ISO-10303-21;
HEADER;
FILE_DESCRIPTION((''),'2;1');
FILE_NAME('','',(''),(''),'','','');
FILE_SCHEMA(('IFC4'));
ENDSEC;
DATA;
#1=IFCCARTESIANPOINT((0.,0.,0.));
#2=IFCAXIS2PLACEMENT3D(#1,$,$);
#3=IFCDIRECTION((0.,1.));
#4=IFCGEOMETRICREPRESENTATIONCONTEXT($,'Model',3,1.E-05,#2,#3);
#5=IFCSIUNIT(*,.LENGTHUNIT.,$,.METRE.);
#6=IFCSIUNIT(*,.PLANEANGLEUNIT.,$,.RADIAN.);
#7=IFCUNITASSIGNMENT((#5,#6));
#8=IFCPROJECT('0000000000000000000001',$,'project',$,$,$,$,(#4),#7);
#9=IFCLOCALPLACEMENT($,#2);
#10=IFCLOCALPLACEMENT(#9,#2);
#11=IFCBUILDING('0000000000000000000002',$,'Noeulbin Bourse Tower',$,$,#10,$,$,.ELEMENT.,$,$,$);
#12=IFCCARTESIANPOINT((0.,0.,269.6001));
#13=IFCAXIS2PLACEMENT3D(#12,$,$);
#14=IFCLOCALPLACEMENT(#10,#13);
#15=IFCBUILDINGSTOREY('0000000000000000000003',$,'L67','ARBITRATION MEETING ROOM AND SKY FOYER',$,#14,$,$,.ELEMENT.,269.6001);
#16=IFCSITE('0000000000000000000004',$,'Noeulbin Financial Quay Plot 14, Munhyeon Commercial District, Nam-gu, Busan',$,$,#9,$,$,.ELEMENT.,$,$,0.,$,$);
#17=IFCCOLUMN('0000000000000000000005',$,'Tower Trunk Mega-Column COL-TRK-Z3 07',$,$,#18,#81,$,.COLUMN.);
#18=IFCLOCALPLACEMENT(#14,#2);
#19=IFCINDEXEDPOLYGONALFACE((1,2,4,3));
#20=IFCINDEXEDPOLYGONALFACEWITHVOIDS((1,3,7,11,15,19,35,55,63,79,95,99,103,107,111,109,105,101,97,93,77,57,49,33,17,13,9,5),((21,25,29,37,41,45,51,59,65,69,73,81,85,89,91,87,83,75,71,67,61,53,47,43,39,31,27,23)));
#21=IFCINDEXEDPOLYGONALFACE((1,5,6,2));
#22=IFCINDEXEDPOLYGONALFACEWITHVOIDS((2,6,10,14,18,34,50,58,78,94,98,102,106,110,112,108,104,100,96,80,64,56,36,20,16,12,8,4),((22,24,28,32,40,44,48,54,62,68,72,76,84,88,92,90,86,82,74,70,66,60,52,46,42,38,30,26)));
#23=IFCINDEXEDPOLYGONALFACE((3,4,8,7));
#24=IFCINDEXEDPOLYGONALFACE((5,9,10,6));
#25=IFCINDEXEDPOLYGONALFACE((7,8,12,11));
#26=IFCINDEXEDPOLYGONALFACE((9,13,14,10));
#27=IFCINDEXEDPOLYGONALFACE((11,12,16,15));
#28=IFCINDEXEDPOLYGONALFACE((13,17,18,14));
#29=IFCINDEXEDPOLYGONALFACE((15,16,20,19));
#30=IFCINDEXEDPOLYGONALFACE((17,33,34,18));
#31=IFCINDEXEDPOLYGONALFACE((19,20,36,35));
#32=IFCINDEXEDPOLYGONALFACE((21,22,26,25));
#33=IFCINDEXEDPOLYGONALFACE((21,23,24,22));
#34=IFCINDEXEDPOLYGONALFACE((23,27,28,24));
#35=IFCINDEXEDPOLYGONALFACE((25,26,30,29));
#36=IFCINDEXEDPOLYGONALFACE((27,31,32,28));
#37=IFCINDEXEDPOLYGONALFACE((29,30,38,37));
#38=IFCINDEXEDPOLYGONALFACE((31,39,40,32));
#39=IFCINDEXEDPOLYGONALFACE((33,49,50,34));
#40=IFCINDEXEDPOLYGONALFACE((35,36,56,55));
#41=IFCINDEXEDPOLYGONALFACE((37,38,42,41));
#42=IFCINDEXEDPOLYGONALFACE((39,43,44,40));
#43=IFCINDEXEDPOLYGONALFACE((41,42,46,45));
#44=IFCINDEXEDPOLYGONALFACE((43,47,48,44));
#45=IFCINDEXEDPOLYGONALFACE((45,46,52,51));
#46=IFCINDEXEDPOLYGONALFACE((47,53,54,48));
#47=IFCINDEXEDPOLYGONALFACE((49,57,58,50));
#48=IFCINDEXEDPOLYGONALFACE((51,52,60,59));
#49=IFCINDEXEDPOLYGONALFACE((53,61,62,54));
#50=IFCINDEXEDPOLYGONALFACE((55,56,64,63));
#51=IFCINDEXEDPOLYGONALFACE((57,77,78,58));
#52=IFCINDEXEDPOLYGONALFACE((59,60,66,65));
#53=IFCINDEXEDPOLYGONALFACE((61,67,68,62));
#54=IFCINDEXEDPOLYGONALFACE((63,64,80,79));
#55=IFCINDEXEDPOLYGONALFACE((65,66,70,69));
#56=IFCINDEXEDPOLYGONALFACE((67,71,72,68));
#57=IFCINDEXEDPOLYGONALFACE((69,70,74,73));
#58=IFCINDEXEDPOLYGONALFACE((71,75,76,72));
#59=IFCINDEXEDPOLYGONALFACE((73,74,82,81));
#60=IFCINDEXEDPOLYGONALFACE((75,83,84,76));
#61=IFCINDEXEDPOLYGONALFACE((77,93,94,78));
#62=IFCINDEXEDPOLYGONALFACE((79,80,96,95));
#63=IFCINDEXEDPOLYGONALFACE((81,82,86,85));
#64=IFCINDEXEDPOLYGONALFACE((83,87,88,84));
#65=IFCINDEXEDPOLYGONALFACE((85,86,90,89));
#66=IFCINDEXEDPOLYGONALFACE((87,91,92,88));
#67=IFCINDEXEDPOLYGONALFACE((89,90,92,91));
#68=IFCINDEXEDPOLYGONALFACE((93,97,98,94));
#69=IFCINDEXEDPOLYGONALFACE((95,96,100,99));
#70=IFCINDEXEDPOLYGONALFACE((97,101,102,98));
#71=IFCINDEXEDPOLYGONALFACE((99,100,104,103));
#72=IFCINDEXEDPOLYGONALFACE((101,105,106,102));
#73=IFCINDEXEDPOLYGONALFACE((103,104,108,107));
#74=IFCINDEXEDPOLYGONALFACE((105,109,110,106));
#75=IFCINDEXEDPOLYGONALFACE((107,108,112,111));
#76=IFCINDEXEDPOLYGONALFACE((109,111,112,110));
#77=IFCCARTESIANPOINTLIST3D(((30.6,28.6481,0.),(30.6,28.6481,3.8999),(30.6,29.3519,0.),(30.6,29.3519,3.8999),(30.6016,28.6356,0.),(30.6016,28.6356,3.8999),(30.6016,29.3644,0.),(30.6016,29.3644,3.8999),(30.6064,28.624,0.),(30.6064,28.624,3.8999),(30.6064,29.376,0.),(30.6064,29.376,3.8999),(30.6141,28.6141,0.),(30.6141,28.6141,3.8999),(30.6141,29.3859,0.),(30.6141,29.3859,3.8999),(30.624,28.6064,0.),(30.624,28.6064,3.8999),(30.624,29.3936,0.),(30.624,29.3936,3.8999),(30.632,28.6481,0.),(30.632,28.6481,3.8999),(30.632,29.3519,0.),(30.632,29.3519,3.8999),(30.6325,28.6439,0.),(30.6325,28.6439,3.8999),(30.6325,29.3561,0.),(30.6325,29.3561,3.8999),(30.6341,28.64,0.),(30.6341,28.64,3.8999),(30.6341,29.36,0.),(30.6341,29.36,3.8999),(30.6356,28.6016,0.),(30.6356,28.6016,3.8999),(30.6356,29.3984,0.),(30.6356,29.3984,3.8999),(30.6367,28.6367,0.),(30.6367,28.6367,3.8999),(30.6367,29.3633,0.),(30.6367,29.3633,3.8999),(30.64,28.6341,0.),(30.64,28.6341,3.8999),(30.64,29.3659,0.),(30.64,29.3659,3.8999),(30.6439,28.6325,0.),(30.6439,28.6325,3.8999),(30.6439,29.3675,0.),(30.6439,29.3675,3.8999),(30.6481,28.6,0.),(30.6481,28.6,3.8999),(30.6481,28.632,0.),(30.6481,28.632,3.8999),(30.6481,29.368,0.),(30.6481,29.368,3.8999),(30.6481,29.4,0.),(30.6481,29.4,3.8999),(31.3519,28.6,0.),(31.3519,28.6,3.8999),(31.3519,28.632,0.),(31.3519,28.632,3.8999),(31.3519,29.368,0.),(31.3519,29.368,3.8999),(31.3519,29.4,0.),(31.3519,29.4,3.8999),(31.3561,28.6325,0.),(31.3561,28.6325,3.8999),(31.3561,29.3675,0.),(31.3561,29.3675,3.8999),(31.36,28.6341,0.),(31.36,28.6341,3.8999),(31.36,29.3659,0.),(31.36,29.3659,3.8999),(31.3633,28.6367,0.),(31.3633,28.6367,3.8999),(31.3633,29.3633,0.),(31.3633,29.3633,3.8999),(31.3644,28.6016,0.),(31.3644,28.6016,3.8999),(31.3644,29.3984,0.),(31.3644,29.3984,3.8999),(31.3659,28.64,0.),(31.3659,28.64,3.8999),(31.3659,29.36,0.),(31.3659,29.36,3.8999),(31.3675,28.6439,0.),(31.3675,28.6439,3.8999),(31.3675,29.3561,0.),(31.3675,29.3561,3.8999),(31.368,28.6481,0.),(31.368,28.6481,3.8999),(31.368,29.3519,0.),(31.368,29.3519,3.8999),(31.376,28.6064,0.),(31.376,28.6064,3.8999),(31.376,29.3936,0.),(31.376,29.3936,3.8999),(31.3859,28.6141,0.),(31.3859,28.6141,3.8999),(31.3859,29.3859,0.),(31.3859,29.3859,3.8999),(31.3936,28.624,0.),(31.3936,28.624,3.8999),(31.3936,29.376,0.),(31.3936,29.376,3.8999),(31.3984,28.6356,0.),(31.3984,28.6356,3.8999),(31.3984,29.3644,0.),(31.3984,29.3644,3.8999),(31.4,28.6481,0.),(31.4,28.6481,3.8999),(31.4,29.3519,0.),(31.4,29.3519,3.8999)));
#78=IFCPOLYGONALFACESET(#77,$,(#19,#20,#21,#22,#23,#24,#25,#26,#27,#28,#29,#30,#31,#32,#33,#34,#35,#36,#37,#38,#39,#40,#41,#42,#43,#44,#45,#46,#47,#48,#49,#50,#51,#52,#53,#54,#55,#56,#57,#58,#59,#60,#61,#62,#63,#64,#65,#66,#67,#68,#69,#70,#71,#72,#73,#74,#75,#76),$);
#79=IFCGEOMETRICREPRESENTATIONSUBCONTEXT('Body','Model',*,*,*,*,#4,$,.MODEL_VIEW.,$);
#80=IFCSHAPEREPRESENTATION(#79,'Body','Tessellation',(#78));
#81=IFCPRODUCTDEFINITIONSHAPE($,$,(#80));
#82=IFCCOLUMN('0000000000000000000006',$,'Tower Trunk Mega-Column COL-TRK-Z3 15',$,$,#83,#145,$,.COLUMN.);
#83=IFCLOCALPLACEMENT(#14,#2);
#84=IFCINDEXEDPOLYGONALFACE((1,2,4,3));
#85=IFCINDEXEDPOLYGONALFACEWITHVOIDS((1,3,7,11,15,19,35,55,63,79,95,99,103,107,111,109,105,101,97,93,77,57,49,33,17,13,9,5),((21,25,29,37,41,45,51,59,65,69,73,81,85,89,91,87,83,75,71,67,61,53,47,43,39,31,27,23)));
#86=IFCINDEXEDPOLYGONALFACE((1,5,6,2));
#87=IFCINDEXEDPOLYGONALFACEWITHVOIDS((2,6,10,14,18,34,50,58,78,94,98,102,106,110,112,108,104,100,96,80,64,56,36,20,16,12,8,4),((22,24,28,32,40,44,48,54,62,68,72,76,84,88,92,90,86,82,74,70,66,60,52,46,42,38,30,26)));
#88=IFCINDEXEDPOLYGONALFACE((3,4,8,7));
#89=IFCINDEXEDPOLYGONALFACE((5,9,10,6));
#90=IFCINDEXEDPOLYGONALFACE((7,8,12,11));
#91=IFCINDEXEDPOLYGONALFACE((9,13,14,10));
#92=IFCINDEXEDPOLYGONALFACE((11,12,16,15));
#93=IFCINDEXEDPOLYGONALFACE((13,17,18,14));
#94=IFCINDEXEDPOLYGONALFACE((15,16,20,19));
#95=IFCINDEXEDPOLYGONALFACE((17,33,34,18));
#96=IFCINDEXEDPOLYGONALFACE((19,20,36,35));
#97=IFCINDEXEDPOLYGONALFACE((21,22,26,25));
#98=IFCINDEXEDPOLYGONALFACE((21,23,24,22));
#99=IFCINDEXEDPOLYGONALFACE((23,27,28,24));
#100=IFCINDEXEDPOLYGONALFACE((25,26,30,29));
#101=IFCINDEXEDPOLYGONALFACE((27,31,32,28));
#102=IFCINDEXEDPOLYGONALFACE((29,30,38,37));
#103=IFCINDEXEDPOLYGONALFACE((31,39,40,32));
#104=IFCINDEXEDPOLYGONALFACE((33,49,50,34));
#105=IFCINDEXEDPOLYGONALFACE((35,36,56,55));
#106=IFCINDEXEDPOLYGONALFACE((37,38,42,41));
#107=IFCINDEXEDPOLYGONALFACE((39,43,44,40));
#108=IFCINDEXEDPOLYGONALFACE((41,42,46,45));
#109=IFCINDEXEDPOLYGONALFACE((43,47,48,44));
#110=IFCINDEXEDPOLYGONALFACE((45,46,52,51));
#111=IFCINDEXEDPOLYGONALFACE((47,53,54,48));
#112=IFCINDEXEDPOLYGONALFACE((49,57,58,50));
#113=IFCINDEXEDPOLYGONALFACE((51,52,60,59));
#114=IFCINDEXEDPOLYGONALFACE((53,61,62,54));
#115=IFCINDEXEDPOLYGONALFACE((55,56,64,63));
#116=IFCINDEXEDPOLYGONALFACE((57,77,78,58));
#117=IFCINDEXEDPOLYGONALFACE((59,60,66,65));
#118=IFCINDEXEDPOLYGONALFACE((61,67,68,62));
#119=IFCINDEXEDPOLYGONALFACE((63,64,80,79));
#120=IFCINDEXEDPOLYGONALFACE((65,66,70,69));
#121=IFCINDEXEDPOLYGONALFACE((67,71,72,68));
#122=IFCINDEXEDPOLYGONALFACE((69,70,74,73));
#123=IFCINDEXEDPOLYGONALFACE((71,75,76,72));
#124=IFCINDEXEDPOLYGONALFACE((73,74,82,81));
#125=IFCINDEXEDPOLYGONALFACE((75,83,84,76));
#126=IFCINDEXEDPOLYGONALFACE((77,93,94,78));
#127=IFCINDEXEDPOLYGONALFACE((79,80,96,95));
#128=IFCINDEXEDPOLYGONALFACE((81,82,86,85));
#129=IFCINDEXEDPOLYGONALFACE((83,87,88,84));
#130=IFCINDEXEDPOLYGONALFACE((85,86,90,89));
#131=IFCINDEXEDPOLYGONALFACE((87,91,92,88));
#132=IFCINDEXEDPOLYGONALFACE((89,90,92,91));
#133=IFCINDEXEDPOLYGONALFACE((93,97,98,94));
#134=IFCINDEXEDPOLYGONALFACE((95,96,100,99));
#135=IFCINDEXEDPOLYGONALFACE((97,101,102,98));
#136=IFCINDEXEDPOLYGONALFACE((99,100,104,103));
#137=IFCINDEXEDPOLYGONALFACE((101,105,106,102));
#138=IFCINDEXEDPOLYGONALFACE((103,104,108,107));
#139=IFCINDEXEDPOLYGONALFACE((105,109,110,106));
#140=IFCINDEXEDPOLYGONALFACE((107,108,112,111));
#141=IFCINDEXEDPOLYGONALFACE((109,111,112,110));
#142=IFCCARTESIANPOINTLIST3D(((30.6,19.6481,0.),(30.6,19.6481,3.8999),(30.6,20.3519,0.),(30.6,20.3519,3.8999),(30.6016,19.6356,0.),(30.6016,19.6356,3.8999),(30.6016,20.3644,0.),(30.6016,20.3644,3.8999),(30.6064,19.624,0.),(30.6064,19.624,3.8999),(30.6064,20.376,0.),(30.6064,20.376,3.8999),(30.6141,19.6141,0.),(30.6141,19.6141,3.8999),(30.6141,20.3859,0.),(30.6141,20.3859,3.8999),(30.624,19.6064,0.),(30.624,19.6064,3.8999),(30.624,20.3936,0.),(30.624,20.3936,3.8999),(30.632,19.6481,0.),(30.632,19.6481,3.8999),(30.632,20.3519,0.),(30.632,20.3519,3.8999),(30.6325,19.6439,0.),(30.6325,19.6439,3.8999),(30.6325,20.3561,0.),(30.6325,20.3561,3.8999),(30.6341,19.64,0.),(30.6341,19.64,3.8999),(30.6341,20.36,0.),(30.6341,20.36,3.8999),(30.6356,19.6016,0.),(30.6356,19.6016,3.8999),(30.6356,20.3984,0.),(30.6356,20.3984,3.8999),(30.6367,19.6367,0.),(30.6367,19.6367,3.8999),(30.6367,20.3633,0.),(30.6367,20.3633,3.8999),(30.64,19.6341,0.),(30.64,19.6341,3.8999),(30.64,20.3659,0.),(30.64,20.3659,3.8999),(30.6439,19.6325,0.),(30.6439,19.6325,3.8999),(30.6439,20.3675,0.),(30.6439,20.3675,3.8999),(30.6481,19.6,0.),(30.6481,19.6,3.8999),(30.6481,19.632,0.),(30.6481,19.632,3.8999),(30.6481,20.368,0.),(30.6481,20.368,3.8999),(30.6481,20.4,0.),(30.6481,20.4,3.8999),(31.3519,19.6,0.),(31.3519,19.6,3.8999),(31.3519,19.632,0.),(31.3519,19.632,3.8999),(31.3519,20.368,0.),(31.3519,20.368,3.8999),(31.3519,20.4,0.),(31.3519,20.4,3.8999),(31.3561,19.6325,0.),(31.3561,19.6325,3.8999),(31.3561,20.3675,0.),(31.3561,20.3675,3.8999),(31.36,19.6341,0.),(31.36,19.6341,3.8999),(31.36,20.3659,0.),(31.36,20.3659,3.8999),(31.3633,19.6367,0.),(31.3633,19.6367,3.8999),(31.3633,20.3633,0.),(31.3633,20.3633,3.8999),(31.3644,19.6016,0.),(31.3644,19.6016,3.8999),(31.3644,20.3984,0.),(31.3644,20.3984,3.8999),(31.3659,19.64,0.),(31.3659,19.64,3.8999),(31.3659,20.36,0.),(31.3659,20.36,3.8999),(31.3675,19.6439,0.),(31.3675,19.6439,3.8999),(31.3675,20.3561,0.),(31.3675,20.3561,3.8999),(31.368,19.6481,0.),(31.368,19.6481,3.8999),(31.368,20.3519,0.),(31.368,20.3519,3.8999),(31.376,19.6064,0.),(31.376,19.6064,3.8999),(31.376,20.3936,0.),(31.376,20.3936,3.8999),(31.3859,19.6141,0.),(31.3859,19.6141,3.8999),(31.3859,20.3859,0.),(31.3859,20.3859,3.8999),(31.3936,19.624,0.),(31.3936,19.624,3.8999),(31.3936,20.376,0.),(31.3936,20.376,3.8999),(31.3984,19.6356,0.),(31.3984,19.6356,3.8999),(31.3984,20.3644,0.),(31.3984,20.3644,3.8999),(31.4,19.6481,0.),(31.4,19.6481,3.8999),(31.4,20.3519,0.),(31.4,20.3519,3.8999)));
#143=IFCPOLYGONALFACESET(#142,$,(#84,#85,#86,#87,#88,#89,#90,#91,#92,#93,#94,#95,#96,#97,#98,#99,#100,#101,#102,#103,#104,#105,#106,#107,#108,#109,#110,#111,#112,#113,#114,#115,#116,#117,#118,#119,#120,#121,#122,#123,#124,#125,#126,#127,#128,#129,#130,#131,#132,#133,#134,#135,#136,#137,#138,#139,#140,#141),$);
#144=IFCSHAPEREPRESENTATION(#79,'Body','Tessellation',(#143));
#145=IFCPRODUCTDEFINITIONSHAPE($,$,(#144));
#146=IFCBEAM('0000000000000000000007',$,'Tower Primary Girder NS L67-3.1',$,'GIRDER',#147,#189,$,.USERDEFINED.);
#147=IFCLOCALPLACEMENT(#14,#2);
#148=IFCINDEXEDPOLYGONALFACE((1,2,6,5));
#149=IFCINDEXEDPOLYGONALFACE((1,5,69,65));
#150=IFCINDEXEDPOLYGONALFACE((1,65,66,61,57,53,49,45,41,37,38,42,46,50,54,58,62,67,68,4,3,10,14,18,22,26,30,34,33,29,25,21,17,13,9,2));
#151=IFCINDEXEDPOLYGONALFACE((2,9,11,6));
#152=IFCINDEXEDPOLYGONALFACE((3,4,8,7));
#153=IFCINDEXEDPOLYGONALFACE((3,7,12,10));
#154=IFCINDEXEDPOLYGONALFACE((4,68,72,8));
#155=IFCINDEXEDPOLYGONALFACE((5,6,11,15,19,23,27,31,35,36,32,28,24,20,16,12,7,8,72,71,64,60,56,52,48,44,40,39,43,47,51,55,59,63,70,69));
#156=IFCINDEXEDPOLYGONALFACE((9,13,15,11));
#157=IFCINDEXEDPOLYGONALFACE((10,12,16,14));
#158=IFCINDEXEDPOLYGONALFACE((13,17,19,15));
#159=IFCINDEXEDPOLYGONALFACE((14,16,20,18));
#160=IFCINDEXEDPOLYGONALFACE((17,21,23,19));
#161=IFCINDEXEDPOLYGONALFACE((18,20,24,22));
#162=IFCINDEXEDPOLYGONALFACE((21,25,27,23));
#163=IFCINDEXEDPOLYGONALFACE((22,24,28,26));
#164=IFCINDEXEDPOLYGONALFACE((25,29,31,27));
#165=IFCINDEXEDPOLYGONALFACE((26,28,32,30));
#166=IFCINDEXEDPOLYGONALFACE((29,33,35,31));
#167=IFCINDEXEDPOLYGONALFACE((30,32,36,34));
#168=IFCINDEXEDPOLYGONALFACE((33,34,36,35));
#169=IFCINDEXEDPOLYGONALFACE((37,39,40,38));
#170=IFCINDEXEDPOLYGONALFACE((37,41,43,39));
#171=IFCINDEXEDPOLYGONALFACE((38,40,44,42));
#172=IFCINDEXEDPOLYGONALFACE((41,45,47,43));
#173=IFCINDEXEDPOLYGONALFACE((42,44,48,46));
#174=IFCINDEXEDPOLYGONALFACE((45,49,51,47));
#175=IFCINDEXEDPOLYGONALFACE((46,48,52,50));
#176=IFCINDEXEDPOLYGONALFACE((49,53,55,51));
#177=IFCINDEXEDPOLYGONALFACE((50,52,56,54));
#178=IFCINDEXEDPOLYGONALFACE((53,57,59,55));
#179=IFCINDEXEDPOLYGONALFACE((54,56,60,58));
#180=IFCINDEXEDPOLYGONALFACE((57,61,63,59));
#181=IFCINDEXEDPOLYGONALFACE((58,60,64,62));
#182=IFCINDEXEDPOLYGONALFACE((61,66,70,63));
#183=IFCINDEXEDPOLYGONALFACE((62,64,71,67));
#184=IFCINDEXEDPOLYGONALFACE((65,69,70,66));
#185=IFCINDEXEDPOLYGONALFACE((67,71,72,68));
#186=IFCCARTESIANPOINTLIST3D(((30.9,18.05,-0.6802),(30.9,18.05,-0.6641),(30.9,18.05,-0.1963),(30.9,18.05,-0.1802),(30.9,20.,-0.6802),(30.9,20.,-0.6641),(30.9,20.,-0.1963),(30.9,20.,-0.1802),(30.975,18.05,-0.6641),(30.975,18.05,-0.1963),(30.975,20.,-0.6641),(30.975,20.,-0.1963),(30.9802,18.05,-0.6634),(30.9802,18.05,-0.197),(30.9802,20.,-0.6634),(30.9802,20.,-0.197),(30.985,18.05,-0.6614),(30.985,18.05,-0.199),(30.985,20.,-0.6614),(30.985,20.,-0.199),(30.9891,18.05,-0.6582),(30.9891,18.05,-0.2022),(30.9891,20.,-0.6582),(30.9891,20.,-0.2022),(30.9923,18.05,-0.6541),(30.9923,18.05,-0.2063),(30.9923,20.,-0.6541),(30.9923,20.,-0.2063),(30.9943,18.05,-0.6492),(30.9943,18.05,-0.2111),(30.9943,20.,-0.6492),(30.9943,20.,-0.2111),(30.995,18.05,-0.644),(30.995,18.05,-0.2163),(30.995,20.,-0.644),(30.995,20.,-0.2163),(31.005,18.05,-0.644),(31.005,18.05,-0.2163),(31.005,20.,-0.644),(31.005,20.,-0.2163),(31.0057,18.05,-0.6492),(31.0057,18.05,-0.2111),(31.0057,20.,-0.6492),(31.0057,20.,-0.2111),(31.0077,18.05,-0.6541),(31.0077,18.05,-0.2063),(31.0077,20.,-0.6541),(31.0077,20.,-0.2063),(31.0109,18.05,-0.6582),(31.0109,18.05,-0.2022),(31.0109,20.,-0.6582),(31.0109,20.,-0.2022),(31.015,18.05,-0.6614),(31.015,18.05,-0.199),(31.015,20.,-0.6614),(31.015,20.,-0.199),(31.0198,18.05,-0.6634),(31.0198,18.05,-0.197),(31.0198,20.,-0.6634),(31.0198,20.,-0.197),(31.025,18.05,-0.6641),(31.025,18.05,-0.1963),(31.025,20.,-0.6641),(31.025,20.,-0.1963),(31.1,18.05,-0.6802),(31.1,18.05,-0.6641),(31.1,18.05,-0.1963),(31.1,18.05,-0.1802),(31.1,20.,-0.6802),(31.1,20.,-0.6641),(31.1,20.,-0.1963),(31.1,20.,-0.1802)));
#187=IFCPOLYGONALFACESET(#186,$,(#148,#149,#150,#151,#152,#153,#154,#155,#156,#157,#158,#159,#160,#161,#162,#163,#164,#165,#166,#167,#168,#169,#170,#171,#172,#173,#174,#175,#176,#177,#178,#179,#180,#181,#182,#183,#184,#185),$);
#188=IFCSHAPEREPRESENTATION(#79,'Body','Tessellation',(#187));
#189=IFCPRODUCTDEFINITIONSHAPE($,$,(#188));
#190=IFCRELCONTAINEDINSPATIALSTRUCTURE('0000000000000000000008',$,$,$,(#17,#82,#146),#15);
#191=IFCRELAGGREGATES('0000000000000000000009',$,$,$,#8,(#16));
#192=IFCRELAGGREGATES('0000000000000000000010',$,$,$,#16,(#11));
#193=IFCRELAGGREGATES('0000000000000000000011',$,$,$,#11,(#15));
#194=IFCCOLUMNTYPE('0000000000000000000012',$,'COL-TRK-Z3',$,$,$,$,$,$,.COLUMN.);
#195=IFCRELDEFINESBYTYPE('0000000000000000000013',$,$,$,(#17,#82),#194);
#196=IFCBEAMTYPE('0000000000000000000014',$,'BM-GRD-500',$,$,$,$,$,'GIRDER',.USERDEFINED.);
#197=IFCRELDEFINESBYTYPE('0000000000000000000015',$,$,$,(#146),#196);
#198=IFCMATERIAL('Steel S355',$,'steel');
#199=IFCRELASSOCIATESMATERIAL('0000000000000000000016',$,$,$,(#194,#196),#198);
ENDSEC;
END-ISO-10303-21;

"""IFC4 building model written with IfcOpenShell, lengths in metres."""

from ifc_helpers import new_model, si_unit, direction, frame, origin, origin_2d, place, context, subcontext, project, spatial, hollow_rectangle, i_section, extrude, material, material_profile, profile_set, type_object, element, save


model = new_model("IFC4")

# Units and contexts
model_context = context("Model", 3, precision=1e-05, world=origin(), true_north=direction((0.0, 1.0)))
body_context = subcontext(model_context, "Body", "Model", "MODEL_VIEW")
ifc_project = project(units=[si_unit("LENGTHUNIT", "METRE"), si_unit("PLANEANGLEUNIT", "RADIAN")], contexts=[model_context])

# Site, building, storey
site_placement = place(None, origin())
site = spatial("IfcSite", under=ifc_project, at=site_placement, Name="Noeulbin Financial Quay Plot 14, Munhyeon Commercial District, Nam-gu, Busan", CompositionType="ELEMENT", RefElevation=0.0)
building_placement = place(site_placement, origin())
building = spatial("IfcBuilding", under=site, at=building_placement, Name="Noeulbin Bourse Tower", CompositionType="ELEMENT")
storey_placement = place(building_placement, frame((0.0, 0.0, 269.6001)))
storey = spatial("IfcBuildingStorey", under=building, at=storey_placement, Name="L67", Description="ARBITRATION MEETING ROOM AND SKY FOYER", CompositionType="ELEMENT", Elevation=269.6001)

# Columns
ifc_material_1 = material(Name="Steel S355", Category="steel")
ifc_material_profile_1 = material_profile(ifc_material_1, hollow_rectangle(XDim=0.8, YDim=0.8, WallThickness=0.032, InnerFilletRadius=0.0161, OuterFilletRadius=0.0481, at=origin_2d()), Name="BOX-800x800x32", Category="LoadBearing")
ifc_profile_set_1 = profile_set([ifc_material_profile_1], Name="Steel S355")
column_type = type_object("IfcColumnType", Name="COL-TRK-Z3", PredefinedType="COLUMN", material=ifc_profile_set_1)
for number, where, z_axis, x_axis, name in (
    (1, (31.0, 29.0, 0.0), (0.0, 0.0, 1.0), (1.0, 0.0, 0.0), "Tower Trunk Mega-Column COL-TRK-Z3 07"),
    (2, (31.0, 20.0, 0.0), (0.0, 0.0, 1.0), (1.0, 0.0, 0.0), "Tower Trunk Mega-Column COL-TRK-Z3 15"),
):
    element("IfcColumn", number, at=place(storey_placement, frame(where, z_axis=z_axis, x_axis=x_axis)), inside=storey, type_object=column_type, Name=name, PredefinedType="COLUMN", context=body_context, shape_type="SweptSolid", body=[
        extrude(hollow_rectangle(XDim=0.8, YDim=0.8, WallThickness=0.032, InnerFilletRadius=0.0161, OuterFilletRadius=0.0481, at=origin_2d()), origin(), (0.0, 0.0, 1.0), 3.8999),
    ])

# Beam
ifc_material_profile_2 = material_profile(ifc_material_1, i_section(OverallWidth=0.2, OverallDepth=0.5, WebThickness=0.01, FlangeThickness=0.0161, FilletRadius=0.02, at=origin_2d()), Name="H-500x200x10x16", Category="LoadBearing")
ifc_profile_set_2 = profile_set([ifc_material_profile_2], Name="Steel S355")
beam_type_1 = type_object("IfcBeamType", Name="BM-GRD-500", ElementType="GIRDER", PredefinedType="USERDEFINED", material=ifc_profile_set_2)
beam_1_placement = place(storey_placement, frame((31.0, 18.05, -0.4302), z_axis=(0.0, 1.0, 0.0), x_axis=(-1.0, 0.0, 0.0)))
element("IfcBeam", 3, at=beam_1_placement, inside=storey, type_object=beam_type_1, Name="Tower Primary Girder NS L67-3.1", ObjectType="GIRDER", PredefinedType="USERDEFINED", context=body_context, shape_type="SweptSolid", body=[
    extrude(i_section(OverallWidth=0.2, OverallDepth=0.5, WebThickness=0.01, FlangeThickness=0.0161, FilletRadius=0.02, at=origin_2d()), origin(), (0.0, 0.0, 1.0), 1.95),
])

save(model, "model.ifc")
